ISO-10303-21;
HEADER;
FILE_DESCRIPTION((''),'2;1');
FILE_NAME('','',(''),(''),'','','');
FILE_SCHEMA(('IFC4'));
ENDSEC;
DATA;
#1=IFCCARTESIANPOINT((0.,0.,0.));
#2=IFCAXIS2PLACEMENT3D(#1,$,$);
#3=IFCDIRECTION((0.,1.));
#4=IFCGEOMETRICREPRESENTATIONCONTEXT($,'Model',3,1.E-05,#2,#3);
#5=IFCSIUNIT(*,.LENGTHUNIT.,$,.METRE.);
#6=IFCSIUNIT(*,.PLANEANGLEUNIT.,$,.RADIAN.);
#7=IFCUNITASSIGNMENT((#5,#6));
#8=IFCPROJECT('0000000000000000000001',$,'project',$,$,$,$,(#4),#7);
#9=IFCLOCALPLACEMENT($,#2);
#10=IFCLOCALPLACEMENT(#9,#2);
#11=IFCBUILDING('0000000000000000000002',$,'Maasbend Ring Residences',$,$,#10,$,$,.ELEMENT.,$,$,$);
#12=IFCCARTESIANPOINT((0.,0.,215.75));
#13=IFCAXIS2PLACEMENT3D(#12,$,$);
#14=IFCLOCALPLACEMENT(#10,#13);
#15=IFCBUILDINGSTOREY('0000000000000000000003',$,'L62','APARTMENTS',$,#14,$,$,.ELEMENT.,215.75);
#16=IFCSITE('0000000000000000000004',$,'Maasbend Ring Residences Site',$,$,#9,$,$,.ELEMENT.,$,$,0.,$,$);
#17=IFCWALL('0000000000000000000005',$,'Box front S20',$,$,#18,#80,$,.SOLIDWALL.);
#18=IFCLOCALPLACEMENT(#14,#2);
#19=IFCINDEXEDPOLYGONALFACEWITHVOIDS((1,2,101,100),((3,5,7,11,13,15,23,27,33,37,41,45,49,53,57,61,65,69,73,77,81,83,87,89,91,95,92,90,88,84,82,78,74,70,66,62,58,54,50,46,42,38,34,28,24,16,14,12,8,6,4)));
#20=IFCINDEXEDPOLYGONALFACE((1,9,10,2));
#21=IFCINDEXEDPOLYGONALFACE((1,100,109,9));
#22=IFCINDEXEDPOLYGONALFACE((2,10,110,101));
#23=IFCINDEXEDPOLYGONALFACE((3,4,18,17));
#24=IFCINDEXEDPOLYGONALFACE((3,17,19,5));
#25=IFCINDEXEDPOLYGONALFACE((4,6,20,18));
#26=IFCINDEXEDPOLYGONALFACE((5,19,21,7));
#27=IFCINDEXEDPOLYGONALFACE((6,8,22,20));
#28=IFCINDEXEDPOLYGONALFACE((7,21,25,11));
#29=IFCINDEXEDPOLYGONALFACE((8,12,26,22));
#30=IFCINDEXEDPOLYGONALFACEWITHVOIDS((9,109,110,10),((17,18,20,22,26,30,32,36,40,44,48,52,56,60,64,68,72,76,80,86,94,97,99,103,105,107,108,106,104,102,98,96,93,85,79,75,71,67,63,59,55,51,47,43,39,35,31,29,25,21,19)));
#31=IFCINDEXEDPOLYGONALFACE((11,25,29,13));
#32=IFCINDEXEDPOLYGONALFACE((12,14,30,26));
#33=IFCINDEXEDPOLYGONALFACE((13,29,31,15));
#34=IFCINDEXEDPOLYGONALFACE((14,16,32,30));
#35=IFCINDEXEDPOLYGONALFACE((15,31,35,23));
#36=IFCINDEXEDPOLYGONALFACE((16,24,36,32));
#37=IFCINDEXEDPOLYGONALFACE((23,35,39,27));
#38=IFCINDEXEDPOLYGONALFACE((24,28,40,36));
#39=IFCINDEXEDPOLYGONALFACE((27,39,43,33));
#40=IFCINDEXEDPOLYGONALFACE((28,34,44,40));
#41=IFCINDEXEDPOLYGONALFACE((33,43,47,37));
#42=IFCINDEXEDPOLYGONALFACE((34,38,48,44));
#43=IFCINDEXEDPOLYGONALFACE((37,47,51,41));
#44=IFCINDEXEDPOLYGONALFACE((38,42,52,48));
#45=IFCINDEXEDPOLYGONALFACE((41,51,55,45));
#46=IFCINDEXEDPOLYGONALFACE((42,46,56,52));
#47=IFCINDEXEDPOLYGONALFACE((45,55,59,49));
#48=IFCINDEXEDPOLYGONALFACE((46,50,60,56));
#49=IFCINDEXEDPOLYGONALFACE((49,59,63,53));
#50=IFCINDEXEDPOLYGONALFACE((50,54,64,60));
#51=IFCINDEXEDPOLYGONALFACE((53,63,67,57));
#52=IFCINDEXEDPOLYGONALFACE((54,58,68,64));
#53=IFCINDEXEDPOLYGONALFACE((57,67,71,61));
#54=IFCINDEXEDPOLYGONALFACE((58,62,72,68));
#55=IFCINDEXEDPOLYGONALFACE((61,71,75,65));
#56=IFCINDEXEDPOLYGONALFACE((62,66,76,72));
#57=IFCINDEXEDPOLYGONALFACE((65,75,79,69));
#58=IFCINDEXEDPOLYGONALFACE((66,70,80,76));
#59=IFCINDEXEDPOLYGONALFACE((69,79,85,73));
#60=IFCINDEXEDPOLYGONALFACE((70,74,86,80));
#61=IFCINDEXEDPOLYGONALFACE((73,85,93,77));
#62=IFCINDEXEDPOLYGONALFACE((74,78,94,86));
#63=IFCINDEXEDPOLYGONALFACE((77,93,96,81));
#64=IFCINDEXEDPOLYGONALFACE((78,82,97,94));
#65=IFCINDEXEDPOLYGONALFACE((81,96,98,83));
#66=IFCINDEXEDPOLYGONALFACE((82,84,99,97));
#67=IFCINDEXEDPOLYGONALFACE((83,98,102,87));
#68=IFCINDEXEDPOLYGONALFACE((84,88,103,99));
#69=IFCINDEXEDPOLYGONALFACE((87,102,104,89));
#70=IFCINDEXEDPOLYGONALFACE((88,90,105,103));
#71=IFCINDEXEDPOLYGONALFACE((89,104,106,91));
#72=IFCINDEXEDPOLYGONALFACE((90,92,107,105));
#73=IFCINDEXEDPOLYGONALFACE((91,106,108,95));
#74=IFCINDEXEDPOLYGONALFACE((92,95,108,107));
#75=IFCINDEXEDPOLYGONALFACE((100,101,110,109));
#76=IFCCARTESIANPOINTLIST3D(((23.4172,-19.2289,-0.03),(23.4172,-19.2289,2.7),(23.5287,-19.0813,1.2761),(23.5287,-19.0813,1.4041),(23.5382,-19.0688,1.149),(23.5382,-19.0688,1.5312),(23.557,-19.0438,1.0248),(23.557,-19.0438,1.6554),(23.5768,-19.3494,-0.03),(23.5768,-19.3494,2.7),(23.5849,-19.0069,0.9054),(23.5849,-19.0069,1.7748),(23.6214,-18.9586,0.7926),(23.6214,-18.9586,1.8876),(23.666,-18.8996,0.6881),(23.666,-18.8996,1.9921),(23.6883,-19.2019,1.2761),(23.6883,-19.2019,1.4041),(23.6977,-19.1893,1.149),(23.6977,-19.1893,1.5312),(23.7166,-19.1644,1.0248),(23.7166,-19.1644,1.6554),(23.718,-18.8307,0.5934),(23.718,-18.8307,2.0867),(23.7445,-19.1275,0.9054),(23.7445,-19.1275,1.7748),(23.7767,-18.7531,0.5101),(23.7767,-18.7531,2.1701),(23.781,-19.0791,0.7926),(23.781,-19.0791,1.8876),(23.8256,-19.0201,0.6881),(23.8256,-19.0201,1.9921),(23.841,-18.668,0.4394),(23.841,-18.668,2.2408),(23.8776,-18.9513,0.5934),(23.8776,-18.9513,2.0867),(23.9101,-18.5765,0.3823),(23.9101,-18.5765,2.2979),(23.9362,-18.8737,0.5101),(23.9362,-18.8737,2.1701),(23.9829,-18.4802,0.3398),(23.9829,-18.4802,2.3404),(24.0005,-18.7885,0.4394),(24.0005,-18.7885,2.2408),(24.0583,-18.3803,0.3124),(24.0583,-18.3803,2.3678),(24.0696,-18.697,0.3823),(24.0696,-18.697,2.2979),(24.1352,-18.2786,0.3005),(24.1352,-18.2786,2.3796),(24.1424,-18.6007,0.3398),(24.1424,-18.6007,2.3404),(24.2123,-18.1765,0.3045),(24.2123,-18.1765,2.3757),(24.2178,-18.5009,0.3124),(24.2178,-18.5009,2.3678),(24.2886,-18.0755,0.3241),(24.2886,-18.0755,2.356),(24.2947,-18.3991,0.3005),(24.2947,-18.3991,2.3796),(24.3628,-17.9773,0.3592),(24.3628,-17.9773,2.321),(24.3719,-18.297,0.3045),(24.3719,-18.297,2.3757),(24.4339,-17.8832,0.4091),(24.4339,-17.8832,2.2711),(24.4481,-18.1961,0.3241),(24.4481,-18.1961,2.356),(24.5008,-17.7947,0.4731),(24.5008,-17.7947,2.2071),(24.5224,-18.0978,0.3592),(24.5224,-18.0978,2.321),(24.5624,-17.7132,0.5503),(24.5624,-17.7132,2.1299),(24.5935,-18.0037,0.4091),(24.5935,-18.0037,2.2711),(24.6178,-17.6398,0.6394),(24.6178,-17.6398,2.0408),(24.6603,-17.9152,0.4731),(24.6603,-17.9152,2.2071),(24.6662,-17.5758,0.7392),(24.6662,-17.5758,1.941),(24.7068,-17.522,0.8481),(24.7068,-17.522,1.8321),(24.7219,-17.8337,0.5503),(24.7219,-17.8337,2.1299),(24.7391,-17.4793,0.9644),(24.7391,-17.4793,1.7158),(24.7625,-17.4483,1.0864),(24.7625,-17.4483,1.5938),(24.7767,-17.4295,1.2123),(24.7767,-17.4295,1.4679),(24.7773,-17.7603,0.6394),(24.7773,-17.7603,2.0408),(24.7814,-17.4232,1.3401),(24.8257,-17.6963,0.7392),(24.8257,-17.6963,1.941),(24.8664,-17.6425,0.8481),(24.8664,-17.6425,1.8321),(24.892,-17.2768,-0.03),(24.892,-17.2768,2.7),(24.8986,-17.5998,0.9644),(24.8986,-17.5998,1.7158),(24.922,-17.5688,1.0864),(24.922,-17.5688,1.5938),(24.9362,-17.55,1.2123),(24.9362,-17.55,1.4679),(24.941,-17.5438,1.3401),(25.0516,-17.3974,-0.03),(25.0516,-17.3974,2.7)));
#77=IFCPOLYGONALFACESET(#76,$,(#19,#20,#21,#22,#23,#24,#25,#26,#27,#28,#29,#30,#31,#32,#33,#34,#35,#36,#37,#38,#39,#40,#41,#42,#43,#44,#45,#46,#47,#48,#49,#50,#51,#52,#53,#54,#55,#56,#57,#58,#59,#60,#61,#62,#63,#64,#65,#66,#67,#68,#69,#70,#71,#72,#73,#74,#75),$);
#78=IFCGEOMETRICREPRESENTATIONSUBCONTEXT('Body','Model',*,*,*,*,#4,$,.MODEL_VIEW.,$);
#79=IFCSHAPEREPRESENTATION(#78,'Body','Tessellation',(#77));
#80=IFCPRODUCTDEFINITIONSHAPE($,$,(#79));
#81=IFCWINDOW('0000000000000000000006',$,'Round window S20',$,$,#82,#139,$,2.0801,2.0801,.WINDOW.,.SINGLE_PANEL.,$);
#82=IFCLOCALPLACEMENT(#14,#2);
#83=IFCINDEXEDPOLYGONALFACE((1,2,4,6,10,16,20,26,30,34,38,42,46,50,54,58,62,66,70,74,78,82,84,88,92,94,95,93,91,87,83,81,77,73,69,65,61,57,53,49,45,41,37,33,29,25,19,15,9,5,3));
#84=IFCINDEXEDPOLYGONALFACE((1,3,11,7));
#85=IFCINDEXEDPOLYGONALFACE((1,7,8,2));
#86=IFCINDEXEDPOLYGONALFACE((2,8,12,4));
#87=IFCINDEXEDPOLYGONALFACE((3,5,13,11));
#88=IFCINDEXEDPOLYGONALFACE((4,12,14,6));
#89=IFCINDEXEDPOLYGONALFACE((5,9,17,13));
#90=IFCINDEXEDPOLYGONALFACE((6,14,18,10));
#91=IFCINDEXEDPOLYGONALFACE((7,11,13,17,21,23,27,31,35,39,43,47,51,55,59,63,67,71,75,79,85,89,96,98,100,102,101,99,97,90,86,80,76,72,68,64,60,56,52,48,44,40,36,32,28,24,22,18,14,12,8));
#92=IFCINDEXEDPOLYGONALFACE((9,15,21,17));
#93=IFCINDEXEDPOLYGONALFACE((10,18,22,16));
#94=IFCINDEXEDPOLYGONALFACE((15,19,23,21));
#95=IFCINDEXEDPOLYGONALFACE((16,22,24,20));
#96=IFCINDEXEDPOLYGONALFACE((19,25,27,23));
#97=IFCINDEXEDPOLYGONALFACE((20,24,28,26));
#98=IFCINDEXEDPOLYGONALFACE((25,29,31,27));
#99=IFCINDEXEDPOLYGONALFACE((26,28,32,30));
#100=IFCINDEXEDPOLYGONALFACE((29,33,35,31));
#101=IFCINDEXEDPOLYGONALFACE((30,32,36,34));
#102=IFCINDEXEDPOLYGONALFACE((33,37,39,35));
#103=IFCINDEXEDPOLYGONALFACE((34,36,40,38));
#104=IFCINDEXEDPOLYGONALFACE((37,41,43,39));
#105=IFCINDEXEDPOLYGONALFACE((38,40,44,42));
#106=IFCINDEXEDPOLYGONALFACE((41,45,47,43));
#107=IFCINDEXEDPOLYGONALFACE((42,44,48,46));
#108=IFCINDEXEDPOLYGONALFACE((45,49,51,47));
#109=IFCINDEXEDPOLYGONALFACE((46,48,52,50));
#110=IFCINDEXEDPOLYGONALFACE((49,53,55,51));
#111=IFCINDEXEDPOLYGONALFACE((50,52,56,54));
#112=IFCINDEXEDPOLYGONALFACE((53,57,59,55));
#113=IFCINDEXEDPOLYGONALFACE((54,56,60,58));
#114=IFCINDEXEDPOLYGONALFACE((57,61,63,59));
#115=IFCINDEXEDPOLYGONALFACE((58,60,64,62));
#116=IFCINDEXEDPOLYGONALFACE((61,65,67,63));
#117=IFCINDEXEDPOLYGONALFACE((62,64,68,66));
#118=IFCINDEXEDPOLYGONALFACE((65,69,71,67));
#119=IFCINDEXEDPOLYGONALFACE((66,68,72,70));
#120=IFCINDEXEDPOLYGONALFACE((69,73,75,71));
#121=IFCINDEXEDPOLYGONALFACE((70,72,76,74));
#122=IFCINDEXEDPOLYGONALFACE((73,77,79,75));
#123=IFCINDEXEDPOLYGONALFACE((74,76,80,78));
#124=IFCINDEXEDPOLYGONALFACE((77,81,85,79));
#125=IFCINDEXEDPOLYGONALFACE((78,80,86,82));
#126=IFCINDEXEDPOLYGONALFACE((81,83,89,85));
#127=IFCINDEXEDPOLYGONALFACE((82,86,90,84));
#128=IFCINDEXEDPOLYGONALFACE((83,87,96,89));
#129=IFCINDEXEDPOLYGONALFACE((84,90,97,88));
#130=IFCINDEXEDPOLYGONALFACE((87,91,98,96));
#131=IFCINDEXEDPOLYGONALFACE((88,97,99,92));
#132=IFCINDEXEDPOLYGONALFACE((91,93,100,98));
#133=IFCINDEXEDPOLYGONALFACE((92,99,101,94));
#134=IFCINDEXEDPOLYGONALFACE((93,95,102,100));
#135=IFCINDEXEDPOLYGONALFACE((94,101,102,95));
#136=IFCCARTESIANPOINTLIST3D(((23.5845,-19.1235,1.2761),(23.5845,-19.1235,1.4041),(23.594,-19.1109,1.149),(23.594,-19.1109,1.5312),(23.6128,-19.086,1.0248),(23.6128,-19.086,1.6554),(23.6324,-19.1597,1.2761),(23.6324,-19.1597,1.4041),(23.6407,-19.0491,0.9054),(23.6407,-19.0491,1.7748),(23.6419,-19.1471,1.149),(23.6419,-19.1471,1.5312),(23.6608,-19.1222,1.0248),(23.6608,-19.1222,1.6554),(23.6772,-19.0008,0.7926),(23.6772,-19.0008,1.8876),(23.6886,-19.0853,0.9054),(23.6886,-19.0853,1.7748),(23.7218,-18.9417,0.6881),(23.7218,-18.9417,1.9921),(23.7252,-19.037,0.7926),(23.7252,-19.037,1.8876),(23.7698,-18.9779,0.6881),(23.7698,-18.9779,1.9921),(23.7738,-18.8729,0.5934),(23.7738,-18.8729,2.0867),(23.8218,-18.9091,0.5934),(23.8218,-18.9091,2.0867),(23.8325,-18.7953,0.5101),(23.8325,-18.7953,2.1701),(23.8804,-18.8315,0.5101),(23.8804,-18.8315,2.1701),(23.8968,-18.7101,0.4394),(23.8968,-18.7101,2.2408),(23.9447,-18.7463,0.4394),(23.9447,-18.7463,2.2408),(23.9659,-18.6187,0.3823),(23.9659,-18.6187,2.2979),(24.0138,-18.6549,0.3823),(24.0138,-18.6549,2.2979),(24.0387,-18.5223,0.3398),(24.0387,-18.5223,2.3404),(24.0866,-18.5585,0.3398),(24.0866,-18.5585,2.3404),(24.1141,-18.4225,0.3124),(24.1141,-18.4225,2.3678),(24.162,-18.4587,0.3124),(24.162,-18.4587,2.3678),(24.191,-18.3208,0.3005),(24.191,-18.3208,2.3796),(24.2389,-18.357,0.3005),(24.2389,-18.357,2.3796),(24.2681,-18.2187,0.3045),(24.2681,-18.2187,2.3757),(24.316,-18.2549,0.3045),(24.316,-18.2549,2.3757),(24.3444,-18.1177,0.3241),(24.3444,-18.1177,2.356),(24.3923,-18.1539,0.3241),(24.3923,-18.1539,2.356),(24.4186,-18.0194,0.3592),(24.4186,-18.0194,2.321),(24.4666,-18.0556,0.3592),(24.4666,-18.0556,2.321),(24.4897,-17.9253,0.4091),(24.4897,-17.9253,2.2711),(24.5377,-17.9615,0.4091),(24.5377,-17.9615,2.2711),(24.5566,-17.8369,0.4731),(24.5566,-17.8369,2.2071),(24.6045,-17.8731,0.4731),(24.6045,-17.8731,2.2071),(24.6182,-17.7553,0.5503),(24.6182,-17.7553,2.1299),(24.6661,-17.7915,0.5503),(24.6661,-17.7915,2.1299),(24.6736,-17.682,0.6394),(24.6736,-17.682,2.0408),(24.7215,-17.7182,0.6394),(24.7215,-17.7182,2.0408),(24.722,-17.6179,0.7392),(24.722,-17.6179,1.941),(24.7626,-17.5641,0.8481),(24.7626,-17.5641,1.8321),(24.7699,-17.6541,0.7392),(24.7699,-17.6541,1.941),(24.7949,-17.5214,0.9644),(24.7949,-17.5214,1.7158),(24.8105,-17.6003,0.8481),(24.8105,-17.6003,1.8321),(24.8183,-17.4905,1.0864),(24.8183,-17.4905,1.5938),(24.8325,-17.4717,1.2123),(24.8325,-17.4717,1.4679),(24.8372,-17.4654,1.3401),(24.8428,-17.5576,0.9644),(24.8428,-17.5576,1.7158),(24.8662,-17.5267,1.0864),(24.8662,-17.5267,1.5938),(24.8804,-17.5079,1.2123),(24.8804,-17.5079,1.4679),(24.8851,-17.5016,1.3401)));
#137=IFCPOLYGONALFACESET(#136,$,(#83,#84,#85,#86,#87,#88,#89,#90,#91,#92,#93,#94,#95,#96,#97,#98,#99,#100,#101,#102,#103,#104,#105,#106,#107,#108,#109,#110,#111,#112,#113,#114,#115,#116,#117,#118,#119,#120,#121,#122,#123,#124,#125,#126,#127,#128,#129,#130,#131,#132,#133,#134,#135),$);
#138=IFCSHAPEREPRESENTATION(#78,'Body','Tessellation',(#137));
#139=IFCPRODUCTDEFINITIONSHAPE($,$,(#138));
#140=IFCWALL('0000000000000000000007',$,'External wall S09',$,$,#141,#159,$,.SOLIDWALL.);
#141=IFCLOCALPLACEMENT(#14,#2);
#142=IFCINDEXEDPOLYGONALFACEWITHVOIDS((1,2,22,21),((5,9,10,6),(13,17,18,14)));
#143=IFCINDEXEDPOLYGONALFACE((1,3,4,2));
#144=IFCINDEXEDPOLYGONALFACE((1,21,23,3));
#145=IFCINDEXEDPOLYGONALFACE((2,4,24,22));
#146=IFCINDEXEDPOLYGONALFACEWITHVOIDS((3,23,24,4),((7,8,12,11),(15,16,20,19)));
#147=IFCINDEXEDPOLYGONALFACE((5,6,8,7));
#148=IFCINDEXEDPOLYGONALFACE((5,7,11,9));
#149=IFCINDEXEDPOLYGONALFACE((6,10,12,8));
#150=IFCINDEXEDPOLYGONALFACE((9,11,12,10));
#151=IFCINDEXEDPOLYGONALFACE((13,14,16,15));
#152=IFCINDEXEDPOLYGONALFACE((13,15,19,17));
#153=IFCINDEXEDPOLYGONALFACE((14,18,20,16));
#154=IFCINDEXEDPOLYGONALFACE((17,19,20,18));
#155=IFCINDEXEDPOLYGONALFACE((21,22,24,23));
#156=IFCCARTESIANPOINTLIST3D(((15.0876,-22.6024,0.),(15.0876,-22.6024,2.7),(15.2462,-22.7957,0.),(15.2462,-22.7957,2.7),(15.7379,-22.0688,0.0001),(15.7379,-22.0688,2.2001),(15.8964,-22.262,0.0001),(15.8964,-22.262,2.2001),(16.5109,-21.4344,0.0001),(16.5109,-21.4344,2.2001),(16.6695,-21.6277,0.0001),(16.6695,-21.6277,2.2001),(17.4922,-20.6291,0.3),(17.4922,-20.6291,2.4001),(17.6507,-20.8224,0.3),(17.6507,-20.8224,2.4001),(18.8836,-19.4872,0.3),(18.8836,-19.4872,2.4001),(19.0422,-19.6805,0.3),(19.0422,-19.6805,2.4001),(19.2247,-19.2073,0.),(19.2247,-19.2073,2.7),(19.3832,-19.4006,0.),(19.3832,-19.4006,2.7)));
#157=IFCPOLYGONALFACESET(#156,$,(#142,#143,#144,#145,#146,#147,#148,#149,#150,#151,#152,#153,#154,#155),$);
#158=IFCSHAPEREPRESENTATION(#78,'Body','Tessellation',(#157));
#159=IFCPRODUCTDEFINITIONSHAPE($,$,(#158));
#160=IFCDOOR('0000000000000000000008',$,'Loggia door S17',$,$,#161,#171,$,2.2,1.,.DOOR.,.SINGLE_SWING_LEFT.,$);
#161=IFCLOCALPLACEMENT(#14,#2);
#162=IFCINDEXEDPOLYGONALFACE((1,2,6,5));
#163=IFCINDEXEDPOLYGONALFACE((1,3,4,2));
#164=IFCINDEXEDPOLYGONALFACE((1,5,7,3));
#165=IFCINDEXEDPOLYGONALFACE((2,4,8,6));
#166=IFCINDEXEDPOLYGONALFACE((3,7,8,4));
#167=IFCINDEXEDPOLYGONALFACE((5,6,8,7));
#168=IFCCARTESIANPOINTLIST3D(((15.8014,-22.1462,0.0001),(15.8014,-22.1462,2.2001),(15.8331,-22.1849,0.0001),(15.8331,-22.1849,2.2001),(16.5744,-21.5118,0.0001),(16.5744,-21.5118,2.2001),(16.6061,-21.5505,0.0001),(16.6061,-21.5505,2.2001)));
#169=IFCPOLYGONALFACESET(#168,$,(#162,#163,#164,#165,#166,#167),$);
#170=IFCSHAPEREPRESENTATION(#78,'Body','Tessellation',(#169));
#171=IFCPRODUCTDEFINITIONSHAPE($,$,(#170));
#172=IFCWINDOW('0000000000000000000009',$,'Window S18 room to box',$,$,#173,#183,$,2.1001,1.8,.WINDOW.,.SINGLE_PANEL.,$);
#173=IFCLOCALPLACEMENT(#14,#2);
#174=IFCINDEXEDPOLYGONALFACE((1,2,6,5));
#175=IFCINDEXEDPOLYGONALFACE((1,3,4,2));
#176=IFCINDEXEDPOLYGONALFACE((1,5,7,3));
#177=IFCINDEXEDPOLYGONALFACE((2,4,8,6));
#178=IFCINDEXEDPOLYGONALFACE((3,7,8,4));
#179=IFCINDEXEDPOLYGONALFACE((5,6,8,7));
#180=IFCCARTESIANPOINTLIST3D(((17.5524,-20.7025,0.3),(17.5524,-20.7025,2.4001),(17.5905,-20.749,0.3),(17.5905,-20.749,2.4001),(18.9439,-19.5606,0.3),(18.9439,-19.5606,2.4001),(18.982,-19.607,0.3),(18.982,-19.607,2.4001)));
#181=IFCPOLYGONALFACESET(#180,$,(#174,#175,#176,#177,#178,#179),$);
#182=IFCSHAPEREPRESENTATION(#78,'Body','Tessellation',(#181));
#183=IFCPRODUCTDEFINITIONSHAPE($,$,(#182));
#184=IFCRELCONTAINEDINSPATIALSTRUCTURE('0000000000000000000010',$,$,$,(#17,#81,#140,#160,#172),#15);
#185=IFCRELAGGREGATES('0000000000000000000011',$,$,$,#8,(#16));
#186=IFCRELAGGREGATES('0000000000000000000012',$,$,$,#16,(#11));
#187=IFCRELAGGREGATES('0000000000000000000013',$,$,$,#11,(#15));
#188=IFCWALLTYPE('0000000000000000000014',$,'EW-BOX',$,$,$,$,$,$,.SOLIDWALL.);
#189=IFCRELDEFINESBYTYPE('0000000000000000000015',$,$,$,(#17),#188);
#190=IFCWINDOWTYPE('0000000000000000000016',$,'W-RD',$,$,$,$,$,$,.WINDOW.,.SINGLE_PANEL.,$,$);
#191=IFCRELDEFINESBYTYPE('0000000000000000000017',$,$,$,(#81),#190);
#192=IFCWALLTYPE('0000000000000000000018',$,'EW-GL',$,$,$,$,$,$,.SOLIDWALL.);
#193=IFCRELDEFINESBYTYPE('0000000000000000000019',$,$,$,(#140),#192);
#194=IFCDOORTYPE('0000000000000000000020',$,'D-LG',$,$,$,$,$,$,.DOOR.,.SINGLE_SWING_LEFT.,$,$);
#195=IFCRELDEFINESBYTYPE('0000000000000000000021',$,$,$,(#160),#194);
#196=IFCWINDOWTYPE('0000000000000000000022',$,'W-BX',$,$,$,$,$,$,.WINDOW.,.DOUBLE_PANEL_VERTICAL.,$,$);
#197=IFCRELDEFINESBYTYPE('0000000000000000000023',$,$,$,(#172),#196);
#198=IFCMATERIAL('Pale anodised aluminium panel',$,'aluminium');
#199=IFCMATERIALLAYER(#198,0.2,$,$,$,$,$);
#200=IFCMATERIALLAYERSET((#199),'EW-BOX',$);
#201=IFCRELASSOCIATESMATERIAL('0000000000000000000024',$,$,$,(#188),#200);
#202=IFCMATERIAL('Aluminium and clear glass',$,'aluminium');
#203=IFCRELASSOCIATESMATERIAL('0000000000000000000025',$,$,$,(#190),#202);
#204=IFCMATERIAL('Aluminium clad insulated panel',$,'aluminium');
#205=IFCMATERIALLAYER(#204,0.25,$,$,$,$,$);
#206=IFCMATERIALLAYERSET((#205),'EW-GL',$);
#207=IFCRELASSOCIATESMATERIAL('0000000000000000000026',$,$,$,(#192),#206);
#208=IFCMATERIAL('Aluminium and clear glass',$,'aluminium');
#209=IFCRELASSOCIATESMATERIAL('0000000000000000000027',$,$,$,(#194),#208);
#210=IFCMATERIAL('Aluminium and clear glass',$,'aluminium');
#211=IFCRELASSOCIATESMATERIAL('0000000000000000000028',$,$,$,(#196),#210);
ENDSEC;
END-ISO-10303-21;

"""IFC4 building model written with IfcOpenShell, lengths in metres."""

from ifc_helpers import new_model, si_unit, direction, frame, frame_2d, origin, place, context, subcontext, project, spatial, rectangle, circle, extrude, material, layer, layer_set, type_object, element, fill, save


model = new_model("IFC4")

# Units and contexts
model_context = context("Model", 3, precision=1e-05, world=origin(), true_north=direction((0.0, 1.0)))
body_context = subcontext(model_context, "Body", "Model", "MODEL_VIEW")
ifc_project = project(units=[si_unit("LENGTHUNIT", "METRE"), si_unit("PLANEANGLEUNIT", "RADIAN")], contexts=[model_context])

# Site, building, storey
site_placement = place(None, origin())
site = spatial("IfcSite", under=ifc_project, at=site_placement, Name="Maasbend Ring Residences Site", CompositionType="ELEMENT", RefElevation=0.0)
building_placement = place(site_placement, origin())
building = spatial("IfcBuilding", under=site, at=building_placement, Name="Maasbend Ring Residences", CompositionType="ELEMENT")
storey_placement = place(building_placement, frame((0.0, 0.0, 215.75)))
storey = spatial("IfcBuildingStorey", under=building, at=storey_placement, Name="L62", Description="APARTMENTS", CompositionType="ELEMENT", Elevation=215.75)

# Shared definitions
ifc_material_1 = material(Name="Pale anodised aluminium panel", Category="aluminium")
ifc_layer_1 = layer(ifc_material_1, 0.2)
ifc_layer_set_1 = layer_set([ifc_layer_1], Name="EW-BOX")
wall_type_1 = type_object("IfcWallType", Name="EW-BOX", PredefinedType="SOLIDWALL", material=ifc_layer_set_1)
ifc_material_2 = material(Name="Aluminium and clear glass", Category="aluminium")
window_type_1 = type_object("IfcWindowType", Name="W-RD", PartitioningType="SINGLE_PANEL", PredefinedType="WINDOW", material=ifc_material_2)

# Wall, opening, window
wall_1_placement = place(storey_placement, frame((23.4971, -19.2891, -0.03), z_axis=(0.0, 0.0, 1.0), x_axis=(0.602806, 0.797888, 0.0)))
wall_1 = element("IfcWall", 1, at=wall_1_placement, inside=storey, type_object=wall_type_1, Name="Box front S20", PredefinedType="SOLIDWALL", context=body_context, shape_type="SweptSolid", body=[
    extrude(rectangle(XDim=2.4465, YDim=0.2, at=frame_2d((1.2231, 0.0))), origin(), (0.0, 0.0, 1.0), 2.73),
])
opening_1_placement = place(wall_1_placement, frame((0.1829, 0.0, 0.3301)))
opening_1 = element("IfcOpeningElement", 2, at=opening_1_placement, cuts=wall_1, PredefinedType="OPENING", context=body_context, shape_type="SweptSolid", body=[
    extrude(circle(Radius=1.04, at=frame_2d((1.04, 1.04))), frame((0.0, 0.1099, 0.0), z_axis=(0.0, -1.0, 0.0), x_axis=(1.0, 0.0, 0.0)), (0.0, 0.0, 1.0), 0.22),
])
window_1_placement = place(opening_1_placement, origin())
window_1 = element("IfcWindow", 3, at=window_1_placement, inside=storey, type_object=window_type_1, Name="Round window S20", OverallHeight=2.0801, OverallWidth=2.0801, PartitioningType="SINGLE_PANEL", PredefinedType="WINDOW", context=body_context, shape_type="SweptSolid", body=[
    extrude(circle(Radius=1.04, at=frame_2d((1.04, 1.04))), frame((0.0, 0.03, 0.0), z_axis=(0.0, -1.0, 0.0), x_axis=(1.0, 0.0, 0.0)), (0.0, 0.0, 1.0), 0.0601),
])
fill(opening_1, window_1)

# Wall, openings, door, window
ifc_material_3 = material(Name="Aluminium clad insulated panel", Category="aluminium")
ifc_layer_2 = layer(ifc_material_3, 0.25)
ifc_layer_set_2 = layer_set([ifc_layer_2], Name="EW-GL")
wall_type_2 = type_object("IfcWallType", Name="EW-GL", PredefinedType="SOLIDWALL", material=ifc_layer_set_2)
wall_2_placement = place(storey_placement, frame((15.167, -22.699, 0.0), z_axis=(0.0, 0.0, 1.0), x_axis=(0.773019, 0.634382, 0.0)))
wall_2 = element("IfcWall", 4, at=wall_2_placement, inside=storey, type_object=wall_type_2, Name="External wall S09", PredefinedType="SOLIDWALL", context=body_context, shape_type="SweptSolid", body=[
    extrude(rectangle(XDim=5.3518, YDim=0.25, at=frame_2d((2.6758, 0.0))), origin(), (0.0, 0.0, 1.0), 2.7),
])
opening_2_placement = place(wall_2_placement, frame((0.8411, 0.0, 0.0)))
opening_2 = element("IfcOpeningElement", 5, at=opening_2_placement, cuts=wall_2, PredefinedType="OPENING", context=body_context, shape_type="SweptSolid", body=[
    extrude(rectangle(XDim=1.0, YDim=2.2, at=frame_2d((0.5, 1.1001))), frame((0.0, 0.135, 0.0), z_axis=(0.0, -1.0, 0.0), x_axis=(1.0, 0.0, 0.0)), (0.0, 0.0, 1.0), 0.27),
])
opening_3_placement = place(wall_2_placement, frame((3.1106, 0.0, 0.3)))
opening_3 = element("IfcOpeningElement", 6, at=opening_3_placement, cuts=wall_2, PredefinedType="OPENING", context=body_context, shape_type="SweptSolid", body=[
    extrude(rectangle(XDim=1.8, YDim=2.1001, at=frame_2d((0.8999, 1.05))), frame((0.0, 0.135, 0.0), z_axis=(0.0, -1.0, 0.0), x_axis=(1.0, 0.0, 0.0)), (0.0, 0.0, 1.0), 0.27),
])
ifc_material_4 = material(Name="Aluminium and clear glass", Category="aluminium")
door_type_1 = type_object("IfcDoorType", Name="D-LG", OperationType="SINGLE_SWING_LEFT", PredefinedType="DOOR", material=ifc_material_4)
door_1_placement = place(opening_2_placement, origin())
door_1 = element("IfcDoor", 7, at=door_1_placement, inside=storey, type_object=door_type_1, Name="Loggia door S17", OperationType="SINGLE_SWING_LEFT", OverallHeight=2.2, OverallWidth=1.0, PredefinedType="DOOR", context=body_context, shape_type="SweptSolid", body=[
    extrude(rectangle(XDim=1.0, YDim=2.2, at=frame_2d((0.5, 1.1001))), frame((0.0, 0.0249, 0.0), z_axis=(0.0, -1.0, 0.0), x_axis=(1.0, 0.0, 0.0)), (0.0, 0.0, 1.0), 0.05),
])
fill(opening_2, door_1)
ifc_material_5 = material(Name="Aluminium and clear glass", Category="aluminium")
window_type_2 = type_object("IfcWindowType", Name="W-BX", PartitioningType="DOUBLE_PANEL_VERTICAL", PredefinedType="WINDOW", material=ifc_material_5)
window_2_placement = place(opening_3_placement, origin())
window_2 = element("IfcWindow", 8, at=window_2_placement, inside=storey, type_object=window_type_2, Name="Window S18 room to box", OverallHeight=2.1001, OverallWidth=1.8, PartitioningType="SINGLE_PANEL", PredefinedType="WINDOW", context=body_context, shape_type="SweptSolid", body=[
    extrude(rectangle(XDim=1.8, YDim=2.1001, at=frame_2d((0.8999, 1.05))), frame((0.0, 0.03, 0.0), z_axis=(0.0, -1.0, 0.0), x_axis=(1.0, 0.0, 0.0)), (0.0, 0.0, 1.0), 0.0601),
])
fill(opening_3, window_2)

save(model, "model.ifc")
